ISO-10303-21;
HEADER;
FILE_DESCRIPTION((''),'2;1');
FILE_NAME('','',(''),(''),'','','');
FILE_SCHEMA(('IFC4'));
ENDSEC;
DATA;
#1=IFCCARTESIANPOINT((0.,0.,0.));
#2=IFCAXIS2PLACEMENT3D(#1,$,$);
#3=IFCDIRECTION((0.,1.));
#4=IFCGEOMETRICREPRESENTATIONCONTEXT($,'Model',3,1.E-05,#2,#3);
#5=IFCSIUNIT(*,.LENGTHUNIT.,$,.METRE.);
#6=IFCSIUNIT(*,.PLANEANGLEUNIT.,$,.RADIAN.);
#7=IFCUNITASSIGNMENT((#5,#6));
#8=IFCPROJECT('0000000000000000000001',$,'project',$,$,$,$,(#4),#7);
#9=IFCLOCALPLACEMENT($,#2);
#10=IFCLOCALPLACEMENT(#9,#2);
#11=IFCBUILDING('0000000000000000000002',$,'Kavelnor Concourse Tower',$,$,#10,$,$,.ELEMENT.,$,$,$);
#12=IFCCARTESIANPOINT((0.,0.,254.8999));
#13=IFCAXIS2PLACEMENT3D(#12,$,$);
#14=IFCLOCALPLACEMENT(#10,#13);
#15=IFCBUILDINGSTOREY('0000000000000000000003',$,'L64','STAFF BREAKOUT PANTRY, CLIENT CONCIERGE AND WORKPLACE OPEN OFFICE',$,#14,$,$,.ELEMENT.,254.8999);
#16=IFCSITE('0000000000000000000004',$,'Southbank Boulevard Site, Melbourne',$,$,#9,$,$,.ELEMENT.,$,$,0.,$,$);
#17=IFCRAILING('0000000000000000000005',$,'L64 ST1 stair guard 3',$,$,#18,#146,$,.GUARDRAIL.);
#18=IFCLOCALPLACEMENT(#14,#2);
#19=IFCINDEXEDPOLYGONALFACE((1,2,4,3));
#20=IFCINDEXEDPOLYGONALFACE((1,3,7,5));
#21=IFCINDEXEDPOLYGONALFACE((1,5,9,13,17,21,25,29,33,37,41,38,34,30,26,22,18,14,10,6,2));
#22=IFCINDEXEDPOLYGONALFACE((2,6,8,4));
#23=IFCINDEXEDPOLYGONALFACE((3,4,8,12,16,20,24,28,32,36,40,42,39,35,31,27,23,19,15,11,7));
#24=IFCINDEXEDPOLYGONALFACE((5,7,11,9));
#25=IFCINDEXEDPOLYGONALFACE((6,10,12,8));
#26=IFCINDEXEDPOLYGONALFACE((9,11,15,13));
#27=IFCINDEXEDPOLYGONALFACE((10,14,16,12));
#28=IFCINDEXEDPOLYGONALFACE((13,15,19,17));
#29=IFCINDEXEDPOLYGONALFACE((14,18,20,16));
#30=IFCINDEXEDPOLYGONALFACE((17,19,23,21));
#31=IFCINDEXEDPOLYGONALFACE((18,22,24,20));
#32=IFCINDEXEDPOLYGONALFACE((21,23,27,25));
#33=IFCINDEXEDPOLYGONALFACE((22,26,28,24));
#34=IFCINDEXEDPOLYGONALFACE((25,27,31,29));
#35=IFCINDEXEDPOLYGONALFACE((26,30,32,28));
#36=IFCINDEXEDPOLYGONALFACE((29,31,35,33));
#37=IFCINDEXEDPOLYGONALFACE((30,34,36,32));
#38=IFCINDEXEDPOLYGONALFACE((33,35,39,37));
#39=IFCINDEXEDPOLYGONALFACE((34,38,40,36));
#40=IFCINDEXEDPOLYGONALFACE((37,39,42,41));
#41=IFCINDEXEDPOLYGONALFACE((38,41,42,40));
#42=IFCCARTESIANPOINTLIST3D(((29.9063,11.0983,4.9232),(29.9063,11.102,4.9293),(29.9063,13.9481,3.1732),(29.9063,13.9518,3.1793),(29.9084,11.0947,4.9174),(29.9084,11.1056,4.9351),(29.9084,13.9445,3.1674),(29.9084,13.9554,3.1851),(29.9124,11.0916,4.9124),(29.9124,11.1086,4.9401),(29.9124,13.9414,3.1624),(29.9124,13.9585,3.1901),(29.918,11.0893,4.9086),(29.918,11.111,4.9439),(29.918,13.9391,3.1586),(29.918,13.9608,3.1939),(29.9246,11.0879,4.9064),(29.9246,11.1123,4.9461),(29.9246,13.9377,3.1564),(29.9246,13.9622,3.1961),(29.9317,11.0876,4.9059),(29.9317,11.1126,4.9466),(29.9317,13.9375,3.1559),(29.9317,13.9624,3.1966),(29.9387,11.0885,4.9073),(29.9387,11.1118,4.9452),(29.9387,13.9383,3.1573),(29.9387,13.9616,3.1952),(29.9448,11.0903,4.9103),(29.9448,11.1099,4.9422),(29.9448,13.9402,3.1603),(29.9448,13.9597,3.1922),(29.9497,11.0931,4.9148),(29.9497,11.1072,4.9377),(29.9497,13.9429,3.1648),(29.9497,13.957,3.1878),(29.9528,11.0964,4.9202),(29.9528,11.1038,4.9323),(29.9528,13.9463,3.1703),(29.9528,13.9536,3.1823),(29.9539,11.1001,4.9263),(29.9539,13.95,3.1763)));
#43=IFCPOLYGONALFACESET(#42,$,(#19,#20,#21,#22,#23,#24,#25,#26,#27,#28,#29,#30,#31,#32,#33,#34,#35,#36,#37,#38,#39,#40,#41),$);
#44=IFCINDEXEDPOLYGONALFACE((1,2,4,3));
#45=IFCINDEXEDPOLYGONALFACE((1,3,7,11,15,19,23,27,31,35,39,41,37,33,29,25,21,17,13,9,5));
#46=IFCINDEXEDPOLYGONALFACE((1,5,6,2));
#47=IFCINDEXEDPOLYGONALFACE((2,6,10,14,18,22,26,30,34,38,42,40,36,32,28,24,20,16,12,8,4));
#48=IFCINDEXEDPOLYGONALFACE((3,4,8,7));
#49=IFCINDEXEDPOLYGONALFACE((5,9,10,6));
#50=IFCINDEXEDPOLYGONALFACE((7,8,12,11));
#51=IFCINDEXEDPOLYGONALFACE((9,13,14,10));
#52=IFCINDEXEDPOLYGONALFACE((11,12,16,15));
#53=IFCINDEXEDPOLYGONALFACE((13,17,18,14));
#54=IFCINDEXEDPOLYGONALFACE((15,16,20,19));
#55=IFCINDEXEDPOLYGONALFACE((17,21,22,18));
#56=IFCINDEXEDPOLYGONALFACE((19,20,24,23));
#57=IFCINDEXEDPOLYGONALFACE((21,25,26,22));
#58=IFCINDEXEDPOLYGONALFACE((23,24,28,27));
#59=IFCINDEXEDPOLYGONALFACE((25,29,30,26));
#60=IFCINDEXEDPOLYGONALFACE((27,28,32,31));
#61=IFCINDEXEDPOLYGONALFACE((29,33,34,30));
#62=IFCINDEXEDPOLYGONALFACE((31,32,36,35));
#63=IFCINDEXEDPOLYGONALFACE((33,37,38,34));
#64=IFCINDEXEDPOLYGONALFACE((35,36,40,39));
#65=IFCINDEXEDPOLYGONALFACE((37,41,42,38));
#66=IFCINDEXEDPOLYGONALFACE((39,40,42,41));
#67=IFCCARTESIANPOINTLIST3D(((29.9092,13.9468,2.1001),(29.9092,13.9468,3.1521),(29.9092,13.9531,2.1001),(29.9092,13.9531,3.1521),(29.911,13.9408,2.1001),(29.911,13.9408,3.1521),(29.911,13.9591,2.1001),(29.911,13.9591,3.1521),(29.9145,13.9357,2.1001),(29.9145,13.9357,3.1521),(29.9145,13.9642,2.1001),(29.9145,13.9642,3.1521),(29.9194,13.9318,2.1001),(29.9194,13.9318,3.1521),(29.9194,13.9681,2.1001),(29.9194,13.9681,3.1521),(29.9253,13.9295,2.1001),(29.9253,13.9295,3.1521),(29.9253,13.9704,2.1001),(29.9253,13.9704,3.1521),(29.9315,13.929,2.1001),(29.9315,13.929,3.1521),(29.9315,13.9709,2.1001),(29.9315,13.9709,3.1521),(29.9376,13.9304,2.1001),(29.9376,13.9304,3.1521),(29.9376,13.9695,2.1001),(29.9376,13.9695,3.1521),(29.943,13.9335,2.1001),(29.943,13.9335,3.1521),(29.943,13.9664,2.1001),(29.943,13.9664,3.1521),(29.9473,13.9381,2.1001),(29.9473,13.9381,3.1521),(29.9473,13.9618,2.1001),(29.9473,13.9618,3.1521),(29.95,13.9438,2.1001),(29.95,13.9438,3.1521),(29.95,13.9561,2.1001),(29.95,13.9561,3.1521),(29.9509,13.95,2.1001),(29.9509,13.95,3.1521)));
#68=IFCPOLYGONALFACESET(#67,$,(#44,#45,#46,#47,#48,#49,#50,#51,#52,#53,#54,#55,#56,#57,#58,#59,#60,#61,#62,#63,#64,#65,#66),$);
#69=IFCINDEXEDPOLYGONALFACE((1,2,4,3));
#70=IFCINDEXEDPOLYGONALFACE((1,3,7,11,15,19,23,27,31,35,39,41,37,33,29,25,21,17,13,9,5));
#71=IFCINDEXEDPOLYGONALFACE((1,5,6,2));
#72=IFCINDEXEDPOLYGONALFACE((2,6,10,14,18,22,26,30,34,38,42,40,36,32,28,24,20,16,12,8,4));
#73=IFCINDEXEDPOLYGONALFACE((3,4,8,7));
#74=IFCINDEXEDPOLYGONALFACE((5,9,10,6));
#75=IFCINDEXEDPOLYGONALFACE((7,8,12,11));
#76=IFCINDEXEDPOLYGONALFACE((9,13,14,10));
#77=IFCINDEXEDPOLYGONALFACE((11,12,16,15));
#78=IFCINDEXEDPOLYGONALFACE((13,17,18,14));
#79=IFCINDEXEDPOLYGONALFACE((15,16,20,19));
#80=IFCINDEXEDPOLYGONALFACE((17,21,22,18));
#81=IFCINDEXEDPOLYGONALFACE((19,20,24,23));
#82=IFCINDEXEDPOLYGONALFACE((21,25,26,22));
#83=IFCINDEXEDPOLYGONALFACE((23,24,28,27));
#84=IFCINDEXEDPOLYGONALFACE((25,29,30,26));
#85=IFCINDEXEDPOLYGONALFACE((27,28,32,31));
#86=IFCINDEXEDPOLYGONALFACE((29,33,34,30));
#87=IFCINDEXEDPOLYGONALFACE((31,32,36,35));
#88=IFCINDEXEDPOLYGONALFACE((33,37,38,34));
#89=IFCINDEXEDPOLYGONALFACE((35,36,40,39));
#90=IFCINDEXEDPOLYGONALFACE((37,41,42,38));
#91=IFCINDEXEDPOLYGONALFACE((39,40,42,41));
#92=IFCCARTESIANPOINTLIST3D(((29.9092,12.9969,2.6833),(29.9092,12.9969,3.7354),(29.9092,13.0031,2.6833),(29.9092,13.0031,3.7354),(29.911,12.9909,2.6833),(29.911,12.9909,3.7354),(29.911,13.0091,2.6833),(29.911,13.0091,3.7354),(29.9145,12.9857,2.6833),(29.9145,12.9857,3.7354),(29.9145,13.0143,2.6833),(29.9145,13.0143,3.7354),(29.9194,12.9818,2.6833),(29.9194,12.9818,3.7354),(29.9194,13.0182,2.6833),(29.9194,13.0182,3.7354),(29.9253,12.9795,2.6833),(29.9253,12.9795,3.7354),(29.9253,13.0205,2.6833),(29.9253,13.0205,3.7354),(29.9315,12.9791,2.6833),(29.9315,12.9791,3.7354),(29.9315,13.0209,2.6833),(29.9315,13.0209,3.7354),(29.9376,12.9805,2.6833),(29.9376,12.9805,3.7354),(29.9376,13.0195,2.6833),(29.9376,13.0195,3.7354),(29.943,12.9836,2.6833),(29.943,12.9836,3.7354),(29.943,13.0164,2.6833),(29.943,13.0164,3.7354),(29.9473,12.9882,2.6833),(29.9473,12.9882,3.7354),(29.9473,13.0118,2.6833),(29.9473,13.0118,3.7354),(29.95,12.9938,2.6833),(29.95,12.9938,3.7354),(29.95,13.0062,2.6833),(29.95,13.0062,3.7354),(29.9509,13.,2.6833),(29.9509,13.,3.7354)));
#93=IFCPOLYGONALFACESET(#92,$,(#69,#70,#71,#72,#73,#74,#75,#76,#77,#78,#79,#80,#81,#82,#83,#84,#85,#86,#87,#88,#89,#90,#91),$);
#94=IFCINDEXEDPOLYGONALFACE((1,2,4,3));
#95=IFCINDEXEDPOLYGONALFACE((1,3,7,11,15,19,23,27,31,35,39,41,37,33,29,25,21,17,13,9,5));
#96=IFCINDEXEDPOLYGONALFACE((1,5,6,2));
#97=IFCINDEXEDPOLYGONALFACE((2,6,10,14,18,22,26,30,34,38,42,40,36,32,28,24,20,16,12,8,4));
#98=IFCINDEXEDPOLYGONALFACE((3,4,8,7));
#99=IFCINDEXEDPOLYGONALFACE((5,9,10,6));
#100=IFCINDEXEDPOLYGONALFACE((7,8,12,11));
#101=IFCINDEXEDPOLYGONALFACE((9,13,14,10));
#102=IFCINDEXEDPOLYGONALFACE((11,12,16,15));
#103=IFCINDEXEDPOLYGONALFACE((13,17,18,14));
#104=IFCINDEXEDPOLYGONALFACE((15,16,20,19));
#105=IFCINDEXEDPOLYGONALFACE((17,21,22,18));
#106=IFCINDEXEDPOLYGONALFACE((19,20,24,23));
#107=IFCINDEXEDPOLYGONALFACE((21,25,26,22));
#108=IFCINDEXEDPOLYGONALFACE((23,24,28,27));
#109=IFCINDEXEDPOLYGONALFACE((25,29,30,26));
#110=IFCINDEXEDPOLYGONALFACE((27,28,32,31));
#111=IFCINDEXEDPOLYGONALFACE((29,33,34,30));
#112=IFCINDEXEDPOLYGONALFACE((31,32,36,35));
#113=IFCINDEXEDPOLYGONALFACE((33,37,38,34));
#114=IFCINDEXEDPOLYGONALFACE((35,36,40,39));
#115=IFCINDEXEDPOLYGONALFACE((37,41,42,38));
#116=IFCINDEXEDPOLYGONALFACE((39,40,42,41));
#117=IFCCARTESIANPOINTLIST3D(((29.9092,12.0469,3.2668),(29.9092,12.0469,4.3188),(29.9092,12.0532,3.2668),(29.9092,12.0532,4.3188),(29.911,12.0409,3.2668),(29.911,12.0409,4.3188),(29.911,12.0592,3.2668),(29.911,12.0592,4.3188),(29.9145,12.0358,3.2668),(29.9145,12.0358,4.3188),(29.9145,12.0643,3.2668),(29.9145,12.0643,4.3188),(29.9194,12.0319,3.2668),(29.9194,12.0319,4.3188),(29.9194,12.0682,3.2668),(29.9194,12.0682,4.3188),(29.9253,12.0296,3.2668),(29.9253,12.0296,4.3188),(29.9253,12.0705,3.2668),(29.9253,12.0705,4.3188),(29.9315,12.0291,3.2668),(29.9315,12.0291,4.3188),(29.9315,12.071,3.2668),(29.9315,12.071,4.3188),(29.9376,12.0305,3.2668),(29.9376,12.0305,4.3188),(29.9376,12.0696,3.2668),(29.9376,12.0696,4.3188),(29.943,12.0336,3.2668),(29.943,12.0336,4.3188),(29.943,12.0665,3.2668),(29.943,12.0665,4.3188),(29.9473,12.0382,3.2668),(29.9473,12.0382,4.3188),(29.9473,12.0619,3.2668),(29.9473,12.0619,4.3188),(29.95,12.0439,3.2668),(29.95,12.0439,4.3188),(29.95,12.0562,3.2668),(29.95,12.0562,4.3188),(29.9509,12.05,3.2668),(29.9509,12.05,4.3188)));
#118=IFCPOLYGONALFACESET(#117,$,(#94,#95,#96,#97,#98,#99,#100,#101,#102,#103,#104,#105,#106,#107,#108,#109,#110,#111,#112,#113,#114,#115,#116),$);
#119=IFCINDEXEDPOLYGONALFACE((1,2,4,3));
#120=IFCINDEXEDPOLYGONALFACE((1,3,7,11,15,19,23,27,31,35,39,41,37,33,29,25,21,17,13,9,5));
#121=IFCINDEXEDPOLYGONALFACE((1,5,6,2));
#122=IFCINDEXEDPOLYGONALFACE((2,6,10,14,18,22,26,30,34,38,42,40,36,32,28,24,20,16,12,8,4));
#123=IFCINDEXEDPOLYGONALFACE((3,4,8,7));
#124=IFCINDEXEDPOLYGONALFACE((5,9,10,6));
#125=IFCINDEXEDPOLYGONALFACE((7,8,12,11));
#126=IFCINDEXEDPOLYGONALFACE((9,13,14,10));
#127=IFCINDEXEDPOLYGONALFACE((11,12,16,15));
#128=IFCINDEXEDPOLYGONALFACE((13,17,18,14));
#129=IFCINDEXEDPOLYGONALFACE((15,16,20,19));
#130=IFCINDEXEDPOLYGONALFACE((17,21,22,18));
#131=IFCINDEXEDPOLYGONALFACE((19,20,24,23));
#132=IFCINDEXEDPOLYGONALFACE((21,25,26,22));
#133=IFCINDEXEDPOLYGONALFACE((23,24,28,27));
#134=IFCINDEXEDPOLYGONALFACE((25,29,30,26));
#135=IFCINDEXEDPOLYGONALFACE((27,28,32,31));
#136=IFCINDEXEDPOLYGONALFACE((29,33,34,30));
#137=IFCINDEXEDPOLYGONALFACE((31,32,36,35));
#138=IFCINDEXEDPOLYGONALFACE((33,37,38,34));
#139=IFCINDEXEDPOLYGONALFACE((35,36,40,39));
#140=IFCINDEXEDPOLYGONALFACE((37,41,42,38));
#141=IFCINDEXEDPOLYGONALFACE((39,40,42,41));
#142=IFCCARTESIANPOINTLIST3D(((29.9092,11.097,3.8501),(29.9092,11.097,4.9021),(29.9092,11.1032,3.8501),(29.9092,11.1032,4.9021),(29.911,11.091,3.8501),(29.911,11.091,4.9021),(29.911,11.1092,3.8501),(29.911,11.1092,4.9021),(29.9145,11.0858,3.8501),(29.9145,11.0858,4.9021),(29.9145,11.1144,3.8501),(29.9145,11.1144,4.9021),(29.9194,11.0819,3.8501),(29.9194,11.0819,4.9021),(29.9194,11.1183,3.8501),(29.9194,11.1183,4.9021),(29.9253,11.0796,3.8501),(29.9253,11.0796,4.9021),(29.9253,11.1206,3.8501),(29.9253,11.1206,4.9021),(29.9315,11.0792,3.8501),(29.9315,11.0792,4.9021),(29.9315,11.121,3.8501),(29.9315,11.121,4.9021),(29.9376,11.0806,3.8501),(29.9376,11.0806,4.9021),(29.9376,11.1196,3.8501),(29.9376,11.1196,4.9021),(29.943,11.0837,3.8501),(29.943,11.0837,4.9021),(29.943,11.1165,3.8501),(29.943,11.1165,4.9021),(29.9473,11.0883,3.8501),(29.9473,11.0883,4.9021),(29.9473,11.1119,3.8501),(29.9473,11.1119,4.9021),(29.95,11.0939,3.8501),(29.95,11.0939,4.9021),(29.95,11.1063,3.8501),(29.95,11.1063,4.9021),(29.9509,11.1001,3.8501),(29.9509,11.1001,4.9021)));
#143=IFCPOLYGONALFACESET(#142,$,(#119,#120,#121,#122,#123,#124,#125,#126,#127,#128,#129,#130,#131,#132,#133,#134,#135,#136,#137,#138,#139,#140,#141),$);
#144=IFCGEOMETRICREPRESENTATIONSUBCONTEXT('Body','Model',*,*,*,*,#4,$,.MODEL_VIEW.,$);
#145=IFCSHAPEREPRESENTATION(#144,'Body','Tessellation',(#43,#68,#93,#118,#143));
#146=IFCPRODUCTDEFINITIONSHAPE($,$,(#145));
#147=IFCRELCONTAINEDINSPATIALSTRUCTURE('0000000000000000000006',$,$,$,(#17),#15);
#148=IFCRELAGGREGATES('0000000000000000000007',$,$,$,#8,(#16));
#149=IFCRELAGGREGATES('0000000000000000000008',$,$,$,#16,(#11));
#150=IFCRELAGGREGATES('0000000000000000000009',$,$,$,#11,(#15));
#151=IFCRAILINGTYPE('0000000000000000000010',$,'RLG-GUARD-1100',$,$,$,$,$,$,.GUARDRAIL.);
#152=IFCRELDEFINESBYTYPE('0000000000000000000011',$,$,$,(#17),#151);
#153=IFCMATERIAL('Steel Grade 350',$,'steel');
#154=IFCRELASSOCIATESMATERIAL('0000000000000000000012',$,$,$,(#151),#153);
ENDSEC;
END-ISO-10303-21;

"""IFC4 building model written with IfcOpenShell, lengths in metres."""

from ifc_helpers import new_model, si_unit, direction, frame, origin, origin_2d, place, context, subcontext, project, spatial, circle, extrude, material, type_object, element, save


model = new_model("IFC4")

# Units and contexts
model_context = context("Model", 3, precision=1e-05, world=origin(), true_north=direction((0.0, 1.0)))
body_context = subcontext(model_context, "Body", "Model", "MODEL_VIEW")
ifc_project = project(units=[si_unit("LENGTHUNIT", "METRE"), si_unit("PLANEANGLEUNIT", "RADIAN")], contexts=[model_context])

# Site, building, storey
site_placement = place(None, origin())
site = spatial("IfcSite", under=ifc_project, at=site_placement, Name="Southbank Boulevard Site, Melbourne", CompositionType="ELEMENT", RefElevation=0.0)
building_placement = place(site_placement, origin())
building = spatial("IfcBuilding", under=site, at=building_placement, Name="Kavelnor Concourse Tower", CompositionType="ELEMENT")
storey_placement = place(building_placement, frame((0.0, 0.0, 254.8999)))
storey = spatial("IfcBuildingStorey", under=building, at=storey_placement, Name="L64", Description="STAFF BREAKOUT PANTRY, CLIENT CONCIERGE AND WORKPLACE OPEN OFFICE", CompositionType="ELEMENT", Elevation=254.8999)

# Shared definitions
ifc_material_1 = material(Name="Steel Grade 350", Category="steel")

# Railing
railing_type_1 = type_object("IfcRailingType", Name="RLG-GUARD-1100", PredefinedType="GUARDRAIL", material=ifc_material_1)
railing_1_placement = place(storey_placement, frame((29.9299, 13.95, 2.1001)))
element("IfcRailing", 1, at=railing_1_placement, inside=storey, type_object=railing_type_1, Name="L64 ST1 stair guard 3", PredefinedType="GUARDRAIL", context=body_context, shape_type="SweptSolid", body=[
    extrude(circle(Radius=0.0239, at=origin_2d()), frame((0.0, 0.0, 1.0762), z_axis=(0.0, -0.852159, 0.523283), x_axis=(1.0, 0.0, 0.0)), (0.0, 0.0, 1.0), 3.3442),
    extrude(circle(Radius=0.021, at=origin_2d()), origin(), (0.0, 0.0, 1.0), 1.052),
    extrude(circle(Radius=0.021, at=origin_2d()), frame((0.0, -0.95, 0.5833)), (0.0, 0.0, 1.0), 1.052),
    extrude(circle(Radius=0.021, at=origin_2d()), frame((0.0, -1.8999, 1.1667)), (0.0, 0.0, 1.0), 1.052),
    extrude(circle(Radius=0.021, at=origin_2d()), frame((0.0, -2.8499, 1.75)), (0.0, 0.0, 1.0), 1.052),
])

save(model, "model.ifc")
